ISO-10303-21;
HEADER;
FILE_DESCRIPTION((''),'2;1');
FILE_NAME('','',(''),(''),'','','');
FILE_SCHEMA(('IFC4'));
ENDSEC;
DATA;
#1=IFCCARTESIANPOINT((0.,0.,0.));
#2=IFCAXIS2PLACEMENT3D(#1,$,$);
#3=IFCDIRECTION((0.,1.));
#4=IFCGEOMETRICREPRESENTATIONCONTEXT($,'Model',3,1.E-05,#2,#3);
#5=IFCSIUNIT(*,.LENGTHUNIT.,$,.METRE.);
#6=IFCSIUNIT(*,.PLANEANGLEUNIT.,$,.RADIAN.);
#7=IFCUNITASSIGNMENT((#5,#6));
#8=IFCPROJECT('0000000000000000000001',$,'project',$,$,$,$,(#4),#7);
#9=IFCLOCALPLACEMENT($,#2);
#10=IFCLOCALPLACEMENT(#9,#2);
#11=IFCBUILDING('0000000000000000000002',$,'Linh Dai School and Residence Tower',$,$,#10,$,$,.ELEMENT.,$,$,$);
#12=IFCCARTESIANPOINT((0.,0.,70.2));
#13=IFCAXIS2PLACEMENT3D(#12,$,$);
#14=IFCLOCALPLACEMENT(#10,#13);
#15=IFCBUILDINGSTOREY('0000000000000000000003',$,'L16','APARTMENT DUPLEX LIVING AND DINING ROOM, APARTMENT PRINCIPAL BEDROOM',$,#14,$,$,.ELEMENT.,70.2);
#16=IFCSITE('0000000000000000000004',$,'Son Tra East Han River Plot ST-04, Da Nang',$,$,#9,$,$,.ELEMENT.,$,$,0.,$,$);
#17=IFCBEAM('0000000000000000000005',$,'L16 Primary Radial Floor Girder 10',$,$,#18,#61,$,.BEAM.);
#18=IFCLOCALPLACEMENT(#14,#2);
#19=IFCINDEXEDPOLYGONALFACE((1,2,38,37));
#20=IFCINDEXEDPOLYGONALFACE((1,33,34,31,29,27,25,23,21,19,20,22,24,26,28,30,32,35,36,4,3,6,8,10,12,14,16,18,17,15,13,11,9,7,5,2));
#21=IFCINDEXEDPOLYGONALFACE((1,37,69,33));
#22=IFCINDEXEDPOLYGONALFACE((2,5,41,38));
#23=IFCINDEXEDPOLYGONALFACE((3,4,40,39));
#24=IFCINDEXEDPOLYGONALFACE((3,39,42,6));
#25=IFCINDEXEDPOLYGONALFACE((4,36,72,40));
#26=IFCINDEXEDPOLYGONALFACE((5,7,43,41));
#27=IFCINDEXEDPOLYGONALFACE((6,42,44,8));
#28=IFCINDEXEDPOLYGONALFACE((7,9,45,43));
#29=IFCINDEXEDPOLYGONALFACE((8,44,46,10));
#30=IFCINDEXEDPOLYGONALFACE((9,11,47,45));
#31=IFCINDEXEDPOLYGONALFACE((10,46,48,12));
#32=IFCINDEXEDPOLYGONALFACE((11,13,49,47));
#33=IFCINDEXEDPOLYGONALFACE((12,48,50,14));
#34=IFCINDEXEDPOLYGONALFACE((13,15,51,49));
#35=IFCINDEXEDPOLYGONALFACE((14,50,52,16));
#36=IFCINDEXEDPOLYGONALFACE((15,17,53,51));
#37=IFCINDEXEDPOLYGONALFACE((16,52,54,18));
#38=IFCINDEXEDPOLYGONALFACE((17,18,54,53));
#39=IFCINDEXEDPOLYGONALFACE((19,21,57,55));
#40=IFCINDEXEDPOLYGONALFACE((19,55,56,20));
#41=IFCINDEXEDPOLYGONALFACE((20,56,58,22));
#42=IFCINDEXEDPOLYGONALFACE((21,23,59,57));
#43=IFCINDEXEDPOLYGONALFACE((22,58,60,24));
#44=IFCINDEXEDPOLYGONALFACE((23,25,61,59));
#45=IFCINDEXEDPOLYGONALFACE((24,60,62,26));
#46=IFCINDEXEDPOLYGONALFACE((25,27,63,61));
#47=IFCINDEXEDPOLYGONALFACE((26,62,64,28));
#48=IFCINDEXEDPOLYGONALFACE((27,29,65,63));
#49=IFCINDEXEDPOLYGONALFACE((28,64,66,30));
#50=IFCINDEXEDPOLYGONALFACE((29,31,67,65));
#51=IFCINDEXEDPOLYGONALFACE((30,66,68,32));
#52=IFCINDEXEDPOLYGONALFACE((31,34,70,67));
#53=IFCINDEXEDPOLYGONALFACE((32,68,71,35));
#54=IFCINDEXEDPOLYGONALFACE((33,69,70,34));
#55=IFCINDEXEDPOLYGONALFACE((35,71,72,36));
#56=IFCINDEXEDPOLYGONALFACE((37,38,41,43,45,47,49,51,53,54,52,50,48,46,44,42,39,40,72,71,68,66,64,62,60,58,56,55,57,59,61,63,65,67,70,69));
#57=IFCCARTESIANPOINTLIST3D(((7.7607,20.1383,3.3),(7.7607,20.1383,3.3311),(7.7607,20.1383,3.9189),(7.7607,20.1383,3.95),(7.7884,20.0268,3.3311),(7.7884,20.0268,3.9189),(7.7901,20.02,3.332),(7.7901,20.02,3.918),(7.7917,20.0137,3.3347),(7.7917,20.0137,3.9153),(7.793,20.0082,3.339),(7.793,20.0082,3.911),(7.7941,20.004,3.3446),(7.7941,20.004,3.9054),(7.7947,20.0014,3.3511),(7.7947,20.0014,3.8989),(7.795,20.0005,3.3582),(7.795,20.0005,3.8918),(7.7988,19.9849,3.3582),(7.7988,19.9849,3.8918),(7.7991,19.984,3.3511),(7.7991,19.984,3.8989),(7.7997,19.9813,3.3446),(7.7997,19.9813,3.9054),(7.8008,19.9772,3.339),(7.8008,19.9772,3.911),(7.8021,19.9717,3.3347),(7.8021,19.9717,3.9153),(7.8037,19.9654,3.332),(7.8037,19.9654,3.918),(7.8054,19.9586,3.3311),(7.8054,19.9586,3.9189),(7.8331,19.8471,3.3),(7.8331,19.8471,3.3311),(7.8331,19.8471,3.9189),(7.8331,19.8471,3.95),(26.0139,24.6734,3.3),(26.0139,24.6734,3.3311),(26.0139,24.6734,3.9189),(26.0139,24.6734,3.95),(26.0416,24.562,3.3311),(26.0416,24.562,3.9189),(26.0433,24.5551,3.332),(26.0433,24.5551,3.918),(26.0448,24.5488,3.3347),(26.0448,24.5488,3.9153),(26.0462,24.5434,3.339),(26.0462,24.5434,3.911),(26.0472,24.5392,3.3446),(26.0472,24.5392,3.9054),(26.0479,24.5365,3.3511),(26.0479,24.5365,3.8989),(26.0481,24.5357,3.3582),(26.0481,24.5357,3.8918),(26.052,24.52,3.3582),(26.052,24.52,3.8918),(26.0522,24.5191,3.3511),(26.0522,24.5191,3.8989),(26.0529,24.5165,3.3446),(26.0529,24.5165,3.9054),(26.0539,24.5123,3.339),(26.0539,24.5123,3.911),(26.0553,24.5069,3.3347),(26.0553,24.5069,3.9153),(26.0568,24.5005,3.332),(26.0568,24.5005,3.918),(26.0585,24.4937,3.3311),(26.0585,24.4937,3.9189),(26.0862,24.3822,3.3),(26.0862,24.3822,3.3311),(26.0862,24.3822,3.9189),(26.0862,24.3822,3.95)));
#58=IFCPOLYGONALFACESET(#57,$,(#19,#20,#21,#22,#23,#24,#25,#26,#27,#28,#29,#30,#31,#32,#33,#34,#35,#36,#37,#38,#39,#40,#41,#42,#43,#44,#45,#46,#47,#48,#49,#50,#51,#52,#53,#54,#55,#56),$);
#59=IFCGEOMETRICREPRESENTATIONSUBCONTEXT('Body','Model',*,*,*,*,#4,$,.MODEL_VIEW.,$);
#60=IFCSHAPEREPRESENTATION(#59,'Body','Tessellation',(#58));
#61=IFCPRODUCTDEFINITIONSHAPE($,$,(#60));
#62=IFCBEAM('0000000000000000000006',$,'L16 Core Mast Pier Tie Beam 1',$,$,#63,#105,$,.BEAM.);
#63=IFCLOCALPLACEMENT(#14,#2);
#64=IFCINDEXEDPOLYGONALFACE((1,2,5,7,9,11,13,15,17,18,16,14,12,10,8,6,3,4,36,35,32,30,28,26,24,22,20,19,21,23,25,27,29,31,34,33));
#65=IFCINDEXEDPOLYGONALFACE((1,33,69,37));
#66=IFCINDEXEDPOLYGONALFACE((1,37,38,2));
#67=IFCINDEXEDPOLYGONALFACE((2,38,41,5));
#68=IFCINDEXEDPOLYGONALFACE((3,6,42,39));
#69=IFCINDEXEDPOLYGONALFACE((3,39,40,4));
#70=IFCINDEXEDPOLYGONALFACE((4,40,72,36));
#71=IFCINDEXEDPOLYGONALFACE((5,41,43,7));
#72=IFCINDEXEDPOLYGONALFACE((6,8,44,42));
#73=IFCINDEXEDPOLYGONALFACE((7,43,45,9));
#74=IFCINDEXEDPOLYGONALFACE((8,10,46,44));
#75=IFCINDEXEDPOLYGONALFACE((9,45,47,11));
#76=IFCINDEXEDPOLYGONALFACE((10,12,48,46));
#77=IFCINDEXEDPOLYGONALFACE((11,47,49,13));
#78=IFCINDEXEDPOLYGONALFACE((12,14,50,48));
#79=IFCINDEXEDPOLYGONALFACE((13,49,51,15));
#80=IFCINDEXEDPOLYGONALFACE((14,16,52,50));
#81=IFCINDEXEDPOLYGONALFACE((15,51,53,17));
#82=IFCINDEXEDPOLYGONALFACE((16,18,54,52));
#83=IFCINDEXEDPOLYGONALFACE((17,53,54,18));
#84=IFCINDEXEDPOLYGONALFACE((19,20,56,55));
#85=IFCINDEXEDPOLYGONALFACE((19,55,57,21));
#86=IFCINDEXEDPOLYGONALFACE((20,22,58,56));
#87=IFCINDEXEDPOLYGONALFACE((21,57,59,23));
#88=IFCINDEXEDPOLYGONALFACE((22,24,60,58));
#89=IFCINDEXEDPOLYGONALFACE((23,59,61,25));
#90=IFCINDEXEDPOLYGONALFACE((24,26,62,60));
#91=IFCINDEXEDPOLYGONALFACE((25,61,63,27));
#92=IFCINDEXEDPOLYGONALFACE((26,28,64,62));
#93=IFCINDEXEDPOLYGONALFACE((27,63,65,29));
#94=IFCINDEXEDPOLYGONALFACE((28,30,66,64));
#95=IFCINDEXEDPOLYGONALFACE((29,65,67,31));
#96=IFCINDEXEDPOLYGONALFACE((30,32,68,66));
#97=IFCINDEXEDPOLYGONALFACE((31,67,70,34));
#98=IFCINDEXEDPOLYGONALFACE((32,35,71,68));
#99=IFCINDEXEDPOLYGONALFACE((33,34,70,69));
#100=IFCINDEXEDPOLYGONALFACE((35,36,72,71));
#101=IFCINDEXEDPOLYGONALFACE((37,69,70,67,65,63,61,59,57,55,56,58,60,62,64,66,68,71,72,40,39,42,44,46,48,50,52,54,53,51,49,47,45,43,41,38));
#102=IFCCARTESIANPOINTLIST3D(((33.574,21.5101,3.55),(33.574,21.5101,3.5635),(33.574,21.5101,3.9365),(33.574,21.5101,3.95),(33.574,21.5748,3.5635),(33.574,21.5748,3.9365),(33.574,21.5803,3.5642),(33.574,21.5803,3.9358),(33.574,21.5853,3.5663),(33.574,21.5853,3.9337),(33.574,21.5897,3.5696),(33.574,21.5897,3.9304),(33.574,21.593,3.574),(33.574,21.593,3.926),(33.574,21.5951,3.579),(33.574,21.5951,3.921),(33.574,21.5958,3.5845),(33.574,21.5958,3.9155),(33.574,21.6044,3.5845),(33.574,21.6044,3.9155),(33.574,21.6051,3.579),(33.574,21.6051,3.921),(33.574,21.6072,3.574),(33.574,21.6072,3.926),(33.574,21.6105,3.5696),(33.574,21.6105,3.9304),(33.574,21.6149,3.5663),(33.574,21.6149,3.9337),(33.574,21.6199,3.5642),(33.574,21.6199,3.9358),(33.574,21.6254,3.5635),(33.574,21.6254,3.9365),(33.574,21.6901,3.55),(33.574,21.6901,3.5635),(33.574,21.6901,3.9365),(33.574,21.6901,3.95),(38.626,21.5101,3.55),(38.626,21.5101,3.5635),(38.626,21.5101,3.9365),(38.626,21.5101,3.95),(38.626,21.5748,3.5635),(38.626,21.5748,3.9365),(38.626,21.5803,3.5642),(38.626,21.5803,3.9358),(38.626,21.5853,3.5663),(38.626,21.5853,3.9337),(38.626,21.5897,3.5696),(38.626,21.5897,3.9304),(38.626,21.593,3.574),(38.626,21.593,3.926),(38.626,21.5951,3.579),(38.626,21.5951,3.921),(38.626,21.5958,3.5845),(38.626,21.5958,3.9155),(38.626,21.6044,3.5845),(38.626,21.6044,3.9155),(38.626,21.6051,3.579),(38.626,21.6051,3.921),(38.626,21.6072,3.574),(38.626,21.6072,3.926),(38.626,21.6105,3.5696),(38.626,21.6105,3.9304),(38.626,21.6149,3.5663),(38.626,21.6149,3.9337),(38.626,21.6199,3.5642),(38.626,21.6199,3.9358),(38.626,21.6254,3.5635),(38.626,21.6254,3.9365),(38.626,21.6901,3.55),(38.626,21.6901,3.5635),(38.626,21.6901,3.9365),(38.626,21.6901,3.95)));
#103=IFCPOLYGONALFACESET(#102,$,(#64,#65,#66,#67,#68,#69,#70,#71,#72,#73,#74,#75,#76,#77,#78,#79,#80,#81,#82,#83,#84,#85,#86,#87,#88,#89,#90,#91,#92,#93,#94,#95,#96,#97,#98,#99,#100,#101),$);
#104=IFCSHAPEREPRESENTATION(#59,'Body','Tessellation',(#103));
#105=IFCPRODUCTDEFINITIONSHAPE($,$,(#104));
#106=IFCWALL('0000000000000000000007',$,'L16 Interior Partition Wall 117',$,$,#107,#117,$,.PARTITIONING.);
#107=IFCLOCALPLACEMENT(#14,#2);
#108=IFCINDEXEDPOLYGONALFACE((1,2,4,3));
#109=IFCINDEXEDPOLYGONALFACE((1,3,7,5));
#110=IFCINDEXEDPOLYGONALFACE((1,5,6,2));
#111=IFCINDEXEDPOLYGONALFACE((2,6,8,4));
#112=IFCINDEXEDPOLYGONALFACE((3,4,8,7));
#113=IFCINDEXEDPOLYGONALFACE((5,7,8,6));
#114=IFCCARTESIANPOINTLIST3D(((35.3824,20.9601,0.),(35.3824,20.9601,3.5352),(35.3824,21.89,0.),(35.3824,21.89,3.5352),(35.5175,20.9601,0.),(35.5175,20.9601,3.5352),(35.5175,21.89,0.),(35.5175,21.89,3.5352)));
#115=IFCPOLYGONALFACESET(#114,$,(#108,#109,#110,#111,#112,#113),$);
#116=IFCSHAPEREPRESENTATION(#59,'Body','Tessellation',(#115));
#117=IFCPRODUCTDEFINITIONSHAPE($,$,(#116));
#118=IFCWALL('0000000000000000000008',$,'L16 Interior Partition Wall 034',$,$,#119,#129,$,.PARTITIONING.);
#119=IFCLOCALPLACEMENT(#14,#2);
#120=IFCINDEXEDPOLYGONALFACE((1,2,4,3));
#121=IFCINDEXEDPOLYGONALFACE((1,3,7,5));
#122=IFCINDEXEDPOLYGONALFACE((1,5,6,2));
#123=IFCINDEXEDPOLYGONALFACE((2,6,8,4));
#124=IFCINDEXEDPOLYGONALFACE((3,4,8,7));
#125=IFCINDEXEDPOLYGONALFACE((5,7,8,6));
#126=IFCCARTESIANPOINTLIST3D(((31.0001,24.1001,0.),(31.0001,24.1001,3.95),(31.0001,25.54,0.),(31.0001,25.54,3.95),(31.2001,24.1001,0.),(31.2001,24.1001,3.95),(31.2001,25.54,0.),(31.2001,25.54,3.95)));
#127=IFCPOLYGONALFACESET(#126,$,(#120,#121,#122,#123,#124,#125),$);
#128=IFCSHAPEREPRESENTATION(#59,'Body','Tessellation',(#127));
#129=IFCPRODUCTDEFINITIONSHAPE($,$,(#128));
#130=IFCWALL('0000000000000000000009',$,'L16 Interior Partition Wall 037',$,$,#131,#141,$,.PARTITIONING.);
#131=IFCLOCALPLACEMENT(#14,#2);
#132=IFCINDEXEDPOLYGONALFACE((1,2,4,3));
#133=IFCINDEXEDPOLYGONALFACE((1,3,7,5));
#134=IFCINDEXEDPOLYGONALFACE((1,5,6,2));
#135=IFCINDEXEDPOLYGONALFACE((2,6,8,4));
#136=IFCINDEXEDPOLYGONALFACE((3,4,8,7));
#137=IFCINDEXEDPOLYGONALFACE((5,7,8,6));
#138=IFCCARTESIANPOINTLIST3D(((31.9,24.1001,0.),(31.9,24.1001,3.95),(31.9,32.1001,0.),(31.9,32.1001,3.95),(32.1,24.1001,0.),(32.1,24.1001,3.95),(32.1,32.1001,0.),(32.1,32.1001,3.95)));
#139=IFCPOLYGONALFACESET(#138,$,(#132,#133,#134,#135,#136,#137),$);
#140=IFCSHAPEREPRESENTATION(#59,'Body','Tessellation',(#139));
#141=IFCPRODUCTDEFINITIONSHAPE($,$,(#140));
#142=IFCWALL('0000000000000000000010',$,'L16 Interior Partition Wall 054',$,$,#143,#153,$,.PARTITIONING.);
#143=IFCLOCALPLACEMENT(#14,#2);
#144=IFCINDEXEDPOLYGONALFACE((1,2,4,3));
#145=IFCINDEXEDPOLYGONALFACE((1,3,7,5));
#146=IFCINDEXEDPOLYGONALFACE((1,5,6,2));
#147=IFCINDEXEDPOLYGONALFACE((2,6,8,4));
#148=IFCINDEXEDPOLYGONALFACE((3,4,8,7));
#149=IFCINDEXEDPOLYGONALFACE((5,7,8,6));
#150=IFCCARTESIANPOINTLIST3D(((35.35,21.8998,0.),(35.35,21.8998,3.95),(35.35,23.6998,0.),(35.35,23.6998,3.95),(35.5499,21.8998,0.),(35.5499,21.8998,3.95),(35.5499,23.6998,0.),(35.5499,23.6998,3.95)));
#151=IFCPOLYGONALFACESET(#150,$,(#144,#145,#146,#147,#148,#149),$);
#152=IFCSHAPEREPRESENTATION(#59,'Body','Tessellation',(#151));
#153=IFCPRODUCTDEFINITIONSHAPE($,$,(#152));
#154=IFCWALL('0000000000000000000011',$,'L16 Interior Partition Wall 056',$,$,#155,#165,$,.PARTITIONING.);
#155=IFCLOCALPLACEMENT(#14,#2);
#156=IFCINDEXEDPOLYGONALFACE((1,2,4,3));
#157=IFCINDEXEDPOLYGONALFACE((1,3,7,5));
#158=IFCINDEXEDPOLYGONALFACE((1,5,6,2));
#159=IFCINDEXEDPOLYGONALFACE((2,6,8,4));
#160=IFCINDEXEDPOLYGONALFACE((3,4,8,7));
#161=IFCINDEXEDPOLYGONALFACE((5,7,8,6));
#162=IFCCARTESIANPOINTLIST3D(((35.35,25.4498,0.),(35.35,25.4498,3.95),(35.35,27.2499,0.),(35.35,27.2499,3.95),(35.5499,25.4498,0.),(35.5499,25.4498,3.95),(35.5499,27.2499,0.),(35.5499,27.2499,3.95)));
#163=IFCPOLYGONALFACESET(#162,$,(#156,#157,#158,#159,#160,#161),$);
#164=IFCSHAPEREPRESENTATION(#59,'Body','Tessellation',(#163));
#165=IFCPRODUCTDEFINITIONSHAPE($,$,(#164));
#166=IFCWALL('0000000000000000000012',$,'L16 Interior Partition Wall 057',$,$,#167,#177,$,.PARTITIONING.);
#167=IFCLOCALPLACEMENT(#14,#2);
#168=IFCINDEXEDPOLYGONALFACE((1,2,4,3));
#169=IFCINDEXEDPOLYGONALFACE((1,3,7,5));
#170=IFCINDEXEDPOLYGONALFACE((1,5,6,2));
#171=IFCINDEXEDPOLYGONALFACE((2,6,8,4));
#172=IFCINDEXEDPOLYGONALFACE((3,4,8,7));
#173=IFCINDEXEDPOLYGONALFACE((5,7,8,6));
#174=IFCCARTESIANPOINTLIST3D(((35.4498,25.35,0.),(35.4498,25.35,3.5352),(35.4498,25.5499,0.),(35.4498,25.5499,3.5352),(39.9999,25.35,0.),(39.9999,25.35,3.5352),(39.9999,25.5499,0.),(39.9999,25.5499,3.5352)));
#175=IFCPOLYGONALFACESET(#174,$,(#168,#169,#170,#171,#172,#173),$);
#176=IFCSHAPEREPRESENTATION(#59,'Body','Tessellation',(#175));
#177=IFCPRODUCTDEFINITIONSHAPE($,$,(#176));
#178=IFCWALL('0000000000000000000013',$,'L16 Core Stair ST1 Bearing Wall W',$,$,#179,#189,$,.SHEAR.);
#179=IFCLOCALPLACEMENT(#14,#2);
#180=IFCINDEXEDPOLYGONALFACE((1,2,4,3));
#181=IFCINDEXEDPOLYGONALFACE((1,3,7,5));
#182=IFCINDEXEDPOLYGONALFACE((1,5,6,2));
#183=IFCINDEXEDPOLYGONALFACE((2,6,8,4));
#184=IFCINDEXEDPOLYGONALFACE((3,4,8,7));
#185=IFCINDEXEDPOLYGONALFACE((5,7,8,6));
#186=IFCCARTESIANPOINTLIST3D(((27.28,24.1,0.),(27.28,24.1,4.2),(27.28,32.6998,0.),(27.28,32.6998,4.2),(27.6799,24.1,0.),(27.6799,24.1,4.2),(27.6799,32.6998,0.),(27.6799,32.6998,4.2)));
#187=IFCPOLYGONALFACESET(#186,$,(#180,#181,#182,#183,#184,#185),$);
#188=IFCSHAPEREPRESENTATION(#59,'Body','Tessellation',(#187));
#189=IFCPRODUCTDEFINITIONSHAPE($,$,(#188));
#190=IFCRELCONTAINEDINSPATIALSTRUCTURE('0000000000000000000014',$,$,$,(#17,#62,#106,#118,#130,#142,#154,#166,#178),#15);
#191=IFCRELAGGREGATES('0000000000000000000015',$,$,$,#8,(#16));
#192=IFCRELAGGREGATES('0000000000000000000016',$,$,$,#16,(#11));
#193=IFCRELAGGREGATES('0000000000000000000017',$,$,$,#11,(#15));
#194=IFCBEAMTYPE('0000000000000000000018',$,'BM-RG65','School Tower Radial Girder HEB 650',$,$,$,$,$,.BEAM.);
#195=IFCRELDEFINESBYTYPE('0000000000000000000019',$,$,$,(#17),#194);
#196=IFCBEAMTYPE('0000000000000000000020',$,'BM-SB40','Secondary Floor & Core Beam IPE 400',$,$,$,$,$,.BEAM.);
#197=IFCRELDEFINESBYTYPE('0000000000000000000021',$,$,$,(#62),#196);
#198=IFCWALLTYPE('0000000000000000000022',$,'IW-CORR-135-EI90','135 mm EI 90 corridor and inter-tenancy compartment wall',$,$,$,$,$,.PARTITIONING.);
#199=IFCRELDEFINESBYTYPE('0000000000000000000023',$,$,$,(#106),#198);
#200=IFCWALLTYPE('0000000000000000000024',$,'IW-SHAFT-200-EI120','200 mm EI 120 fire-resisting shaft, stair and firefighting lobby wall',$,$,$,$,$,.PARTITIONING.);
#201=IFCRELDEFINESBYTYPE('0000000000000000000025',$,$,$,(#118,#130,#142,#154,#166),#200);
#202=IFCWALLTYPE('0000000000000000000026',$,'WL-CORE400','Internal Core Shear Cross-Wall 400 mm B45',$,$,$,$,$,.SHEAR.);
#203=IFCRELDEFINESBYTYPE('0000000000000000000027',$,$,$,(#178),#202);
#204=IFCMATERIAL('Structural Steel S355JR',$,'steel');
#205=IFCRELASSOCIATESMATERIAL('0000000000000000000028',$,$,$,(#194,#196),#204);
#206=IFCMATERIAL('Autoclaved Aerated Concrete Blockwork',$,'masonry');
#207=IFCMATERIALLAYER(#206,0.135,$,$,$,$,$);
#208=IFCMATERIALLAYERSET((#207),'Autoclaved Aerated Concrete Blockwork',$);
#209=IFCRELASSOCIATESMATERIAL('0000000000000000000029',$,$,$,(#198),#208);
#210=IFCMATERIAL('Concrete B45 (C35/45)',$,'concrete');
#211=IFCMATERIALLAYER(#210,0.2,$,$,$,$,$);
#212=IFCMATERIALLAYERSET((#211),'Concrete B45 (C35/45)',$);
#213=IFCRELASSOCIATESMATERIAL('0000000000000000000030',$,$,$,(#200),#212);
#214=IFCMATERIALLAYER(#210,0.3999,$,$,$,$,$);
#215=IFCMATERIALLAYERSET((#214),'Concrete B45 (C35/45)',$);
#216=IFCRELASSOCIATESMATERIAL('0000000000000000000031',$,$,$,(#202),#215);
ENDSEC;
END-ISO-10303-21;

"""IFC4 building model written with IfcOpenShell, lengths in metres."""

from ifc_helpers import new_model, si_unit, direction, frame, frame_2d, origin, origin_2d, place, context, subcontext, project, spatial, rectangle, i_section, extrude, material, layer, layer_set, material_profile, profile_set, type_object, element, save


model = new_model("IFC4")

# Units and contexts
model_context = context("Model", 3, precision=1e-05, world=origin(), true_north=direction((0.0, 1.0)))
body_context = subcontext(model_context, "Body", "Model", "MODEL_VIEW")
ifc_project = project(units=[si_unit("LENGTHUNIT", "METRE"), si_unit("PLANEANGLEUNIT", "RADIAN")], contexts=[model_context])

# Site, building, storey
site_placement = place(None, origin())
site = spatial("IfcSite", under=ifc_project, at=site_placement, Name="Son Tra East Han River Plot ST-04, Da Nang", CompositionType="ELEMENT", RefElevation=0.0)
building_placement = place(site_placement, origin())
building = spatial("IfcBuilding", under=site, at=building_placement, Name="Linh Dai School and Residence Tower", CompositionType="ELEMENT")
storey_placement = place(building_placement, frame((0.0, 0.0, 70.2)))
storey = spatial("IfcBuildingStorey", under=building, at=storey_placement, Name="L16", Description="APARTMENT DUPLEX LIVING AND DINING ROOM, APARTMENT PRINCIPAL BEDROOM", CompositionType="ELEMENT", Elevation=70.2)

# Shared definitions
ifc_material_1 = material(Name="Structural Steel S355JR", Category="steel")

# Beams
ifc_material_profile_1 = material_profile(ifc_material_1, i_section(OverallWidth=0.3, OverallDepth=0.6499, WebThickness=0.0161, FlangeThickness=0.031, FilletRadius=0.0271, at=origin_2d()), Name="HEB 650")
ifc_profile_set_1 = profile_set([ifc_material_profile_1], Name="Structural Steel S355JR")
beam_type_1 = type_object("IfcBeamType", Name="BM-RG65", Description="School Tower Radial Girder HEB 650", PredefinedType="BEAM", material=ifc_profile_set_1)
beam_1_placement = place(storey_placement, frame((26.05, 24.5278, 3.625), z_axis=(-0.970493, -0.241127, 0.0), x_axis=(0.241127, -0.970493, 0.0)))
element("IfcBeam", 1, at=beam_1_placement, inside=storey, type_object=beam_type_1, Name="L16 Primary Radial Floor Girder 10", PredefinedType="BEAM", context=body_context, shape_type="SweptSolid", body=[
    extrude(i_section(OverallWidth=0.3, OverallDepth=0.6499, WebThickness=0.0161, FlangeThickness=0.031, FilletRadius=0.0271, at=origin_2d()), origin(), (0.0, 0.0, 1.0), 18.8081),
])
ifc_material_profile_2 = material_profile(ifc_material_1, i_section(OverallWidth=0.1799, OverallDepth=0.3999, WebThickness=0.0085, FlangeThickness=0.0134, FilletRadius=0.021, at=origin_2d()), Name="IPE 400")
ifc_profile_set_2 = profile_set([ifc_material_profile_2], Name="Structural Steel S355JR")
beam_type_2 = type_object("IfcBeamType", Name="BM-SB40", Description="Secondary Floor & Core Beam IPE 400", PredefinedType="BEAM", material=ifc_profile_set_2)
beam_2_placement = place(storey_placement, frame((33.574, 21.6001, 3.75), z_axis=(1.0, 0.0, 0.0), x_axis=(0.0, 1.0, 0.0)))
element("IfcBeam", 2, at=beam_2_placement, inside=storey, type_object=beam_type_2, Name="L16 Core Mast Pier Tie Beam 1", PredefinedType="BEAM", context=body_context, shape_type="SweptSolid", body=[
    extrude(i_section(OverallWidth=0.1799, OverallDepth=0.3999, WebThickness=0.0085, FlangeThickness=0.0134, FilletRadius=0.021, at=origin_2d()), origin(), (0.0, 0.0, 1.0), 5.052),
])

# Wall
ifc_material_2 = material(Name="Autoclaved Aerated Concrete Blockwork", Category="masonry")
ifc_layer_1 = layer(ifc_material_2, 0.135)
ifc_layer_set_1 = layer_set([ifc_layer_1], Name="Autoclaved Aerated Concrete Blockwork")
wall_type_1 = type_object("IfcWallType", Name="IW-CORR-135-EI90", Description="135 mm EI 90 corridor and inter-tenancy compartment wall", PredefinedType="PARTITIONING", material=ifc_layer_set_1)
wall_1_placement = place(storey_placement, frame((35.45, 21.8899, 0.0), z_axis=(0.0, 0.0, 1.0), x_axis=(0.0, -1.0, 0.0)))
element("IfcWall", 3, at=wall_1_placement, inside=storey, type_object=wall_type_1, Name="L16 Interior Partition Wall 117", PredefinedType="PARTITIONING", context=body_context, shape_type="SweptSolid", body=[
    extrude(rectangle(XDim=0.9299, YDim=0.135, at=frame_2d((0.4648, 0.0))), origin(), (0.0, 0.0, 1.0), 3.5352),
])

# Shared definitions
ifc_material_3 = material(Name="Concrete B45 (C35/45)", Category="concrete")
ifc_layer_2 = layer(ifc_material_3, 0.2)
ifc_layer_set_2 = layer_set([ifc_layer_2], Name="Concrete B45 (C35/45)")
wall_type_2 = type_object("IfcWallType", Name="IW-SHAFT-200-EI120", Description="200 mm EI 120 fire-resisting shaft, stair and firefighting lobby wall", PredefinedType="PARTITIONING", material=ifc_layer_set_2)

# Walls
wall_2_placement = place(storey_placement, frame((31.1001, 24.1001, 0.0), z_axis=(0.0, 0.0, 1.0), x_axis=(0.0, 1.0, 0.0)))
element("IfcWall", 4, at=wall_2_placement, inside=storey, type_object=wall_type_2, Name="L16 Interior Partition Wall 034", PredefinedType="PARTITIONING", context=body_context, shape_type="SweptSolid", body=[
    extrude(rectangle(XDim=1.4399, YDim=0.2, at=frame_2d((0.72, 0.0))), origin(), (0.0, 0.0, 1.0), 3.95),
])
wall_3_placement = place(storey_placement, frame((32.0, 24.1001, 0.0), z_axis=(0.0, 0.0, 1.0), x_axis=(0.0, 1.0, 0.0)))
element("IfcWall", 5, at=wall_3_placement, inside=storey, type_object=wall_type_2, Name="L16 Interior Partition Wall 037", PredefinedType="PARTITIONING", context=body_context, shape_type="SweptSolid", body=[
    extrude(rectangle(XDim=8.0, YDim=0.2, at=frame_2d((4.0, 0.0))), origin(), (0.0, 0.0, 1.0), 3.95),
])

# Wall
wall_4_placement = place(storey_placement, frame((35.45, 21.8999, 0.0), z_axis=(0.0, 0.0, 1.0), x_axis=(0.0, 1.0, 0.0)))
element("IfcWall", 6, at=wall_4_placement, inside=storey, type_object=wall_type_2, Name="L16 Interior Partition Wall 054", PredefinedType="PARTITIONING", context=body_context, shape_type="SweptSolid", body=[
    extrude(rectangle(XDim=1.8, YDim=0.2, at=frame_2d((0.8999, 0.0))), origin(), (0.0, 0.0, 1.0), 3.95),
])

# Walls
wall_5_placement = place(storey_placement, frame((35.45, 25.45, 0.0), z_axis=(0.0, 0.0, 1.0), x_axis=(0.0, 1.0, 0.0)))
element("IfcWall", 7, at=wall_5_placement, inside=storey, type_object=wall_type_2, Name="L16 Interior Partition Wall 056", PredefinedType="PARTITIONING", context=body_context, shape_type="SweptSolid", body=[
    extrude(rectangle(XDim=1.8, YDim=0.2, at=frame_2d((0.8999, 0.0))), origin(), (0.0, 0.0, 1.0), 3.95),
])
wall_6_placement = place(storey_placement, frame((35.45, 25.45, 0.0), z_axis=(0.0, 0.0, 1.0), x_axis=(1.0, 0.0, 0.0)))
element("IfcWall", 8, at=wall_6_placement, inside=storey, type_object=wall_type_2, Name="L16 Interior Partition Wall 057", PredefinedType="PARTITIONING", context=body_context, shape_type="SweptSolid", body=[
    extrude(rectangle(XDim=4.55, YDim=0.2, at=frame_2d((2.2749, 0.0))), origin(), (0.0, 0.0, 1.0), 3.5352),
])
ifc_layer_3 = layer(ifc_material_3, 0.3999)
ifc_layer_set_3 = layer_set([ifc_layer_3], Name="Concrete B45 (C35/45)")
wall_type_3 = type_object("IfcWallType", Name="WL-CORE400", Description="Internal Core Shear Cross-Wall 400 mm B45", PredefinedType="SHEAR", material=ifc_layer_set_3)
wall_7_placement = place(storey_placement, frame((27.48, 24.1001, 0.0), z_axis=(0.0, 0.0, 1.0), x_axis=(0.0, 1.0, 0.0)))
element("IfcWall", 9, at=wall_7_placement, inside=storey, type_object=wall_type_3, Name="L16 Core Stair ST1 Bearing Wall W", PredefinedType="SHEAR", context=body_context, shape_type="SweptSolid", body=[
    extrude(rectangle(XDim=8.5999, YDim=0.3999, at=frame_2d((4.2998, 0.0))), origin(), (0.0, 0.0, 1.0), 4.2),
])

save(model, "model.ifc")
